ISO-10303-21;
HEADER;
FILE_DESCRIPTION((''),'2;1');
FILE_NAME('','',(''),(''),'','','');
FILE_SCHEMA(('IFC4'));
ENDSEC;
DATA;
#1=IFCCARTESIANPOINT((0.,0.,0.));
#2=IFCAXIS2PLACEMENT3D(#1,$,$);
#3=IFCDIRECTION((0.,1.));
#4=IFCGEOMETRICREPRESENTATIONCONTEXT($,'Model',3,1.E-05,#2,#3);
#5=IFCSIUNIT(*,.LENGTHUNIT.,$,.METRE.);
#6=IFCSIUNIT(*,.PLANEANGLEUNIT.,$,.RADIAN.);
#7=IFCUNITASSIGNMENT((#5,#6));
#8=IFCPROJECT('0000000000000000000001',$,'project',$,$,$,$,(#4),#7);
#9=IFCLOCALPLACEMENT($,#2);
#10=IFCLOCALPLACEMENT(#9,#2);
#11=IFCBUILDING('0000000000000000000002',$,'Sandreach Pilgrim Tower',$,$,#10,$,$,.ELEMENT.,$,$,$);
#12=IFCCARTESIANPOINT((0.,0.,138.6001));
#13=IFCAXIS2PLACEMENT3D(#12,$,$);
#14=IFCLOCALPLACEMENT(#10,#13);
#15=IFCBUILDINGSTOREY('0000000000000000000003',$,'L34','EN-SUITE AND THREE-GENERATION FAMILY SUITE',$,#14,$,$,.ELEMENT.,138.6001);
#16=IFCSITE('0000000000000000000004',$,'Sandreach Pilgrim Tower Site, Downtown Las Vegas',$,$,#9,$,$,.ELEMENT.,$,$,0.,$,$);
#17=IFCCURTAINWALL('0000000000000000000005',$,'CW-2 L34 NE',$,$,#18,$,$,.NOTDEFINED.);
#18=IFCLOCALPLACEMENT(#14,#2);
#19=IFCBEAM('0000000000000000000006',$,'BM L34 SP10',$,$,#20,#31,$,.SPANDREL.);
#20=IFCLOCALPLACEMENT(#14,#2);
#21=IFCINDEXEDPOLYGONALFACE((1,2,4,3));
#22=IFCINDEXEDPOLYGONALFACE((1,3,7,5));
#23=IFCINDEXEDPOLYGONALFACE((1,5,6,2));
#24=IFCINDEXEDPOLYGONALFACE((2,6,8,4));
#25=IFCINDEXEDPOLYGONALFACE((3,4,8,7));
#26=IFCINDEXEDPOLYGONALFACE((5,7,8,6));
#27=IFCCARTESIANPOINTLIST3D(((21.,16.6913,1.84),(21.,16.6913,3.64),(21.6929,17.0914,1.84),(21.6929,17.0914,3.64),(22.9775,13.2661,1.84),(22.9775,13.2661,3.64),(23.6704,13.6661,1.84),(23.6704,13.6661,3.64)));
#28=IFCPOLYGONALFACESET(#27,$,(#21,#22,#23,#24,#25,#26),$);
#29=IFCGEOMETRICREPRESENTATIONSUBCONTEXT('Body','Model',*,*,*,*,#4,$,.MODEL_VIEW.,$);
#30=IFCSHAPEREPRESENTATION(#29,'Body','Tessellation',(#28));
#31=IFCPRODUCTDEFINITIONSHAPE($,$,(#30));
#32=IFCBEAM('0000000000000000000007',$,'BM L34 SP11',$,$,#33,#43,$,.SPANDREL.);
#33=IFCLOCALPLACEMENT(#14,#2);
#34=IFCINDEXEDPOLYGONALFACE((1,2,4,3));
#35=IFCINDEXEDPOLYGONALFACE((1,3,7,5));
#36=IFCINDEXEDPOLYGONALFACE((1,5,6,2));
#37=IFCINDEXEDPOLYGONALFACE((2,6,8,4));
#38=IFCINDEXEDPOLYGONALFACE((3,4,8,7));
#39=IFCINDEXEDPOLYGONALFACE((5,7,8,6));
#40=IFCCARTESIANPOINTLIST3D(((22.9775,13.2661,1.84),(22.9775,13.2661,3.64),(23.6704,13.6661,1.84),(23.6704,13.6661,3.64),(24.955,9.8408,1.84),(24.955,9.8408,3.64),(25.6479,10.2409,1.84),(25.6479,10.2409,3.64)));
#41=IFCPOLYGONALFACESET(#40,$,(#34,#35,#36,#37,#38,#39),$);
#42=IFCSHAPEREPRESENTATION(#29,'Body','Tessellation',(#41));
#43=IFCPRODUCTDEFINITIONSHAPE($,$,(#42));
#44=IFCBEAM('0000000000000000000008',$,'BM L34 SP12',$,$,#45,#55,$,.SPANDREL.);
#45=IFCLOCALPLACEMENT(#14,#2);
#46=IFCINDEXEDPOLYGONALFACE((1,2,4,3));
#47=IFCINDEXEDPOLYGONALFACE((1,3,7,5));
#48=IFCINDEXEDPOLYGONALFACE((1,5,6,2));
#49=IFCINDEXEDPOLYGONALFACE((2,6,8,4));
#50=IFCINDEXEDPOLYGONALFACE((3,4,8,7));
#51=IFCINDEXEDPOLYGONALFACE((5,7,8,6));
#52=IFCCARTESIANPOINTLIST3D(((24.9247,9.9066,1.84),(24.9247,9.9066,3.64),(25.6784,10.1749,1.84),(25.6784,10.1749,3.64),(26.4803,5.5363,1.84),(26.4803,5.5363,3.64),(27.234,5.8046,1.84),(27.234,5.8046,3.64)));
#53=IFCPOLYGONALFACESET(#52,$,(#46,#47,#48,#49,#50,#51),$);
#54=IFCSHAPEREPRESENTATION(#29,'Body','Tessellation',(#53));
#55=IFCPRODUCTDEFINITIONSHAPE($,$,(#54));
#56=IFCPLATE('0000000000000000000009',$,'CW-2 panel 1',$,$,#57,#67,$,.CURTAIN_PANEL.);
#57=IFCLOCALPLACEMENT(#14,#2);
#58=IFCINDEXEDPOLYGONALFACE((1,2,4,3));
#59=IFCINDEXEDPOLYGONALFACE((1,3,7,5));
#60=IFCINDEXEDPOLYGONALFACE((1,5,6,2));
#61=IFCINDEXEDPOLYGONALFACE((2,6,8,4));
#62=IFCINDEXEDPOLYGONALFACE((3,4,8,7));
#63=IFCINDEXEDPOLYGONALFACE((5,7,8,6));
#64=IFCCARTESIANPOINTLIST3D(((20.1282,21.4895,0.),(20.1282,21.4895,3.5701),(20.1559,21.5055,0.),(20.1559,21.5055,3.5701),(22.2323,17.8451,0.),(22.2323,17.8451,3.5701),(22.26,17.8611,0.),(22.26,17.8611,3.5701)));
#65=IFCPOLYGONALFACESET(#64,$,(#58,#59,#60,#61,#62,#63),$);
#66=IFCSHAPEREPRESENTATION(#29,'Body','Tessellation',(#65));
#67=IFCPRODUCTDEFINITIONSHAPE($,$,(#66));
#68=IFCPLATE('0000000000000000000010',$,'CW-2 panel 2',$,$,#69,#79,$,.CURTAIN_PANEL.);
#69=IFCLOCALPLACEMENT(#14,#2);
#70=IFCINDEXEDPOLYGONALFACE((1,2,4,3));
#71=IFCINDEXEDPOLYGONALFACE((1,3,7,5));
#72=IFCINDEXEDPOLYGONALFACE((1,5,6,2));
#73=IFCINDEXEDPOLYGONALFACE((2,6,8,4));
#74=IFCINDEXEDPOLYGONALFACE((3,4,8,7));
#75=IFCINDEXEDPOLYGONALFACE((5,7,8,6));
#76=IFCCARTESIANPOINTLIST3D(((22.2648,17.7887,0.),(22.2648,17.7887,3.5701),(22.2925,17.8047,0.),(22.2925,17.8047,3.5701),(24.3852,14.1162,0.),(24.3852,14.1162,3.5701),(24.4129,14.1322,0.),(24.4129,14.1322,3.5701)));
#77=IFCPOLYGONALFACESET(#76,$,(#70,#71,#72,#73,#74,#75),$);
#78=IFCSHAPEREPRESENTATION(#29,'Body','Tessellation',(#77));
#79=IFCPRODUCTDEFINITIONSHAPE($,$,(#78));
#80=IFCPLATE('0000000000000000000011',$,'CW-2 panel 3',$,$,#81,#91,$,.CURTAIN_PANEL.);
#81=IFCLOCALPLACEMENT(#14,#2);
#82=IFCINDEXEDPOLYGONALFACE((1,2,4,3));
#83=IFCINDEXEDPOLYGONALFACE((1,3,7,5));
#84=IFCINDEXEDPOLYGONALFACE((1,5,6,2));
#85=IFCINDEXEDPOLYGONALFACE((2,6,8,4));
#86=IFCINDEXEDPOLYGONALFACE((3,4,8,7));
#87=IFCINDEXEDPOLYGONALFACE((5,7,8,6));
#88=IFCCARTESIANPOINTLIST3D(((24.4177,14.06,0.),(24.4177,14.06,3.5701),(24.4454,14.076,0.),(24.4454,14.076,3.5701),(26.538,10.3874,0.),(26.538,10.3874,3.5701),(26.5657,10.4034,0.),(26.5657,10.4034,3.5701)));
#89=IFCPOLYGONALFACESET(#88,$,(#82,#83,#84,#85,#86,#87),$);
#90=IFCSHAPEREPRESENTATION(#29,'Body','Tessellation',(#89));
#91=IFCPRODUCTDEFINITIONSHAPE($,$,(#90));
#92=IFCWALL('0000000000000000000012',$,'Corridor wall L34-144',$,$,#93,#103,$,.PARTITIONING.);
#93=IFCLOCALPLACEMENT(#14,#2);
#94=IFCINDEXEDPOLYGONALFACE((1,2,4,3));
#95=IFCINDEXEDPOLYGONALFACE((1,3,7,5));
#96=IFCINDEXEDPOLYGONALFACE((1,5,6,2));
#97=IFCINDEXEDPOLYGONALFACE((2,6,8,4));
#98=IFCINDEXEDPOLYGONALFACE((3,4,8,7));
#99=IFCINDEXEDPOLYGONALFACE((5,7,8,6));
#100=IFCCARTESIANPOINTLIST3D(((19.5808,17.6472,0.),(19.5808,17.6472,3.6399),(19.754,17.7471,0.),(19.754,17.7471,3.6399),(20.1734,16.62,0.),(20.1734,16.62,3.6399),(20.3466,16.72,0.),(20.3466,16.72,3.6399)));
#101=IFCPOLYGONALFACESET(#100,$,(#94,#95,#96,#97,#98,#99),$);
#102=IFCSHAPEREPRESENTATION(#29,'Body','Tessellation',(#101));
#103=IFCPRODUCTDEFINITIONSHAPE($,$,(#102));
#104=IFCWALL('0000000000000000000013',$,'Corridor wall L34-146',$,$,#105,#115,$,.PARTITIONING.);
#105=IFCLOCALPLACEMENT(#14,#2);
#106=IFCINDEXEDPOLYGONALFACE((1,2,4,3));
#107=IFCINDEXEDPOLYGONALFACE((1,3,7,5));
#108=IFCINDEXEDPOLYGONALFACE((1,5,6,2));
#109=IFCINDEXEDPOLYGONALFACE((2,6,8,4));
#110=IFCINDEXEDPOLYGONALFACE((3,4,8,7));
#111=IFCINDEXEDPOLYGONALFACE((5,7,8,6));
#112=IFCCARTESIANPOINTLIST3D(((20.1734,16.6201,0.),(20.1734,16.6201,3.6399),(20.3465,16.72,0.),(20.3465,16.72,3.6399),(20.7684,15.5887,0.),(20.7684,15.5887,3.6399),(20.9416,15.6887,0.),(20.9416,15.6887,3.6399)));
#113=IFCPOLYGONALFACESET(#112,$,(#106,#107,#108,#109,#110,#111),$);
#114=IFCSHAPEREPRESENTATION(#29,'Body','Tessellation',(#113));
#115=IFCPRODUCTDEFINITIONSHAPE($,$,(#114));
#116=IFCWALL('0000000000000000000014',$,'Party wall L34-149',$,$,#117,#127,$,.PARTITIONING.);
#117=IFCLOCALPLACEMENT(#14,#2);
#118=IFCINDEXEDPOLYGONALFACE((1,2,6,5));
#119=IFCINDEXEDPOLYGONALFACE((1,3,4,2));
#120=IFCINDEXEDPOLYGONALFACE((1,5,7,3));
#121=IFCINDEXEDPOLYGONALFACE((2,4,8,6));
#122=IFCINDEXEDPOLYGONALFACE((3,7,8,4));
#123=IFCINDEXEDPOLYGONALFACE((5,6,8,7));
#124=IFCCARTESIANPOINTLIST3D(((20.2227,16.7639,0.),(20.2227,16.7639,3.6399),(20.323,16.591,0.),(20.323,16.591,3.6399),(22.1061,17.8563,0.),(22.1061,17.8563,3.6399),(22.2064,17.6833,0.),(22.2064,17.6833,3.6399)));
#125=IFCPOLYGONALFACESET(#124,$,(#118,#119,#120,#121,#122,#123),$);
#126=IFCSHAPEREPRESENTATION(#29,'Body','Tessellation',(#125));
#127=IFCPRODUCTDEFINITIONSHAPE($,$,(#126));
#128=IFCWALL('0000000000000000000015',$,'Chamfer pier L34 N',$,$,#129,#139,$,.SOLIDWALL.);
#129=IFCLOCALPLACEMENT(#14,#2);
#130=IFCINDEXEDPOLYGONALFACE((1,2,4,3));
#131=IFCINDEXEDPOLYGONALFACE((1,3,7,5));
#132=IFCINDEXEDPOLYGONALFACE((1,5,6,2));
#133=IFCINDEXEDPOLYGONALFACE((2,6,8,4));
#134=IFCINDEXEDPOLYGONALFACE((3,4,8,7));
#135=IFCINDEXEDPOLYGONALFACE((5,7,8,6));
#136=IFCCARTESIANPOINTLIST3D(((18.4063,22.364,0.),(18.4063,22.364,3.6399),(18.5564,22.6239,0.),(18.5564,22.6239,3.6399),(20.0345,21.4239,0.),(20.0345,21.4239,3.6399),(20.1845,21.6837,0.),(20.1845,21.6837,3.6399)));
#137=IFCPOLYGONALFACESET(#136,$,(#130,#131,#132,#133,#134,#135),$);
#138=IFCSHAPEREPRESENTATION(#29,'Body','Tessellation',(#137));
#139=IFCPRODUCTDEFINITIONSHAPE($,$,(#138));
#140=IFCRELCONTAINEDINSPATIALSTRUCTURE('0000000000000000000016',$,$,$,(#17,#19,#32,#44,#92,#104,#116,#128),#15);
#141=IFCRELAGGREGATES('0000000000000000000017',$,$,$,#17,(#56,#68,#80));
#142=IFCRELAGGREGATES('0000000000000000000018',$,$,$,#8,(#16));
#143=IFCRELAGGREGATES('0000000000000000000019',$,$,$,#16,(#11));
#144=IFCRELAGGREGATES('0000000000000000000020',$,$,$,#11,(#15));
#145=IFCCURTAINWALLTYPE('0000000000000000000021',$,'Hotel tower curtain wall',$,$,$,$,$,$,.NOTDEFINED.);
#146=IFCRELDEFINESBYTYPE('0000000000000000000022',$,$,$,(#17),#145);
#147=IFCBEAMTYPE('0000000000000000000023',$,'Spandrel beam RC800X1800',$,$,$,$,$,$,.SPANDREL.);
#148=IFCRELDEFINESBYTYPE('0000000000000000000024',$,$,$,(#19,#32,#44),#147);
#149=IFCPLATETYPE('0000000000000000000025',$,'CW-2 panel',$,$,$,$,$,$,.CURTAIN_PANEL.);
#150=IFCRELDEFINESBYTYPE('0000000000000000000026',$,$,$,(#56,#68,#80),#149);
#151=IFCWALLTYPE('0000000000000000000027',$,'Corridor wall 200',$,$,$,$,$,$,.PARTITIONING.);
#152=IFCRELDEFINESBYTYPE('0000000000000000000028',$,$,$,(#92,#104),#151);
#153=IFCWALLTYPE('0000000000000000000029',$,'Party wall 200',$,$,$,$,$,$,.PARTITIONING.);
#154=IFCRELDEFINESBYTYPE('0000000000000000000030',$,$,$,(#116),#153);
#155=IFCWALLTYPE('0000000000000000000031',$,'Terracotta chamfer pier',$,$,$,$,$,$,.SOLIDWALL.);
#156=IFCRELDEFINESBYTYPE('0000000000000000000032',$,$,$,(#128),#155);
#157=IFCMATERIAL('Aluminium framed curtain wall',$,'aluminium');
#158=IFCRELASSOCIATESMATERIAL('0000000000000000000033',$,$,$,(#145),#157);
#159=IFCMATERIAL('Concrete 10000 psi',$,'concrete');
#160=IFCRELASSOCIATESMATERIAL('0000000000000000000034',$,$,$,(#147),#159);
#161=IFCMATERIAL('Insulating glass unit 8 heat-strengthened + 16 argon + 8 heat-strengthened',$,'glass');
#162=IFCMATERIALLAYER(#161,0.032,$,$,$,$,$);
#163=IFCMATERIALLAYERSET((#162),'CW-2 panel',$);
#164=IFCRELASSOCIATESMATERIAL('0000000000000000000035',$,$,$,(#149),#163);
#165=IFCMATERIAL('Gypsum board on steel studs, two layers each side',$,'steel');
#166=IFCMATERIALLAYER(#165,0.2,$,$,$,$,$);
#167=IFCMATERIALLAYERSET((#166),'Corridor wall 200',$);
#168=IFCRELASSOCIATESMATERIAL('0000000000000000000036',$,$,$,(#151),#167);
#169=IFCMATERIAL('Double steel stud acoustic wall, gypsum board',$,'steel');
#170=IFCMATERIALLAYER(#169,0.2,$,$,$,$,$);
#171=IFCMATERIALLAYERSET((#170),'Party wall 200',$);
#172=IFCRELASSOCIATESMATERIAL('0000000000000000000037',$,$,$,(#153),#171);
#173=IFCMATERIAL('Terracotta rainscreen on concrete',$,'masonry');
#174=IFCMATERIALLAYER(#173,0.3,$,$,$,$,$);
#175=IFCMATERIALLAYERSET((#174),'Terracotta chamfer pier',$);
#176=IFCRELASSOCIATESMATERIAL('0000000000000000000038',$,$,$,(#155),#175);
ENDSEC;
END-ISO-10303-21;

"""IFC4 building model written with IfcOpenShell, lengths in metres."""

from ifc_helpers import new_model, si_unit, direction, frame, frame_2d, origin, origin_2d, place, context, subcontext, project, spatial, rectangle, extrude, material, layer, layer_set, material_profile, profile_set, type_object, element, aggregate, save


model = new_model("IFC4")

# Units and contexts
model_context = context("Model", 3, precision=1e-05, world=origin(), true_north=direction((0.0, 1.0)))
body_context = subcontext(model_context, "Body", "Model", "MODEL_VIEW")
ifc_project = project(units=[si_unit("LENGTHUNIT", "METRE"), si_unit("PLANEANGLEUNIT", "RADIAN")], contexts=[model_context])

# Site, building, storey
site_placement = place(None, origin())
site = spatial("IfcSite", under=ifc_project, at=site_placement, Name="Sandreach Pilgrim Tower Site, Downtown Las Vegas", CompositionType="ELEMENT", RefElevation=0.0)
building_placement = place(site_placement, origin())
building = spatial("IfcBuilding", under=site, at=building_placement, Name="Sandreach Pilgrim Tower", CompositionType="ELEMENT")
storey_placement = place(building_placement, frame((0.0, 0.0, 138.6001)))
storey = spatial("IfcBuildingStorey", under=building, at=storey_placement, Name="L34", Description="EN-SUITE AND THREE-GENERATION FAMILY SUITE", CompositionType="ELEMENT", Elevation=138.6001)

# Shared definitions
ifc_material_1 = material(Name="Aluminium framed curtain wall", Category="aluminium")
curtain_wall_type = type_object("IfcCurtainWallType", Name="Hotel tower curtain wall", PredefinedType="NOTDEFINED", material=ifc_material_1)

# Curtain wall
curtain_wall_1_placement = place(storey_placement, origin())
curtain_wall_1 = element("IfcCurtainWall", 1, at=curtain_wall_1_placement, inside=storey, type_object=curtain_wall_type, Name="CW-2 L34 NE", PredefinedType="NOTDEFINED")

# Beams
ifc_material_2 = material(Name="Concrete 10000 psi", Category="concrete")
ifc_material_profile_1 = material_profile(ifc_material_2, rectangle(XDim=0.8, YDim=1.8, at=origin_2d()), Name="RC800X1800")
ifc_profile_set_1 = profile_set([ifc_material_profile_1], Name="Concrete 10000 psi")
beam_type_1 = type_object("IfcBeamType", Name="Spandrel beam RC800X1800", PredefinedType="SPANDREL", material=ifc_profile_set_1)
for number, where, z_axis, x_axis, name in (
    (2, (21.3464, 16.8914, 2.74), (0.49999, -0.866031, 0.0), (0.866031, 0.49999, 0.0), "BM L34 SP10"),
    (3, (23.324, 13.4661, 2.74), (0.49999, -0.866031, 0.0), (0.866031, 0.49999, 0.0), "BM L34 SP11"),
):
    element("IfcBeam", number, at=place(storey_placement, frame(where, z_axis=z_axis, x_axis=x_axis)), inside=storey, type_object=beam_type_1, Name=name, PredefinedType="SPANDREL", context=body_context, shape_type="SweptSolid", body=[
        extrude(rectangle(XDim=0.8, YDim=1.8, at=origin_2d()), origin(), (0.0, 0.0, 1.0), 3.9551),
    ])
beam_1_placement = place(storey_placement, frame((25.3015, 10.0408, 2.74), z_axis=(0.335346, -0.942095, 0.0), x_axis=(0.942095, 0.335346, 0.0)))
element("IfcBeam", 4, at=beam_1_placement, inside=storey, type_object=beam_type_1, Name="BM L34 SP12", PredefinedType="SPANDREL", context=body_context, shape_type="SweptSolid", body=[
    extrude(rectangle(XDim=0.8, YDim=1.8, at=origin_2d()), origin(), (0.0, 0.0, 1.0), 4.6389),
])

# Plates
ifc_material_3 = material(Name="Insulating glass unit 8 heat-strengthened + 16 argon + 8 heat-strengthened", Category="glass")
ifc_layer_1 = layer(ifc_material_3, 0.032)
ifc_layer_set_1 = layer_set([ifc_layer_1], Name="CW-2 panel")
plate_type = type_object("IfcPlateType", Name="CW-2 panel", PredefinedType="CURTAIN_PANEL", material=ifc_layer_set_1)
plate_1_placement = place(storey_placement, frame((21.1941, 19.6753, 0.0), z_axis=(0.0, 0.0, 1.0), x_axis=(0.5, -0.866025, 0.0)))
plate_1 = element("IfcPlate", 5, at=plate_1_placement, type_object=plate_type, Name="CW-2 panel 1", PredefinedType="CURTAIN_PANEL", context=body_context, shape_type="SweptSolid", body=[
    extrude(rectangle(XDim=4.2083, YDim=0.032, at=origin_2d()), origin(), (0.0, 0.0, 1.0), 3.5701),
])
plate_2_placement = place(storey_placement, frame((23.3389, 15.9604, 0.0), z_axis=(0.0, 0.0, 1.0), x_axis=(0.5, -0.866025, 0.0)))
plate_2 = element("IfcPlate", 6, at=plate_2_placement, type_object=plate_type, Name="CW-2 panel 2", PredefinedType="CURTAIN_PANEL", context=body_context, shape_type="SweptSolid", body=[
    extrude(rectangle(XDim=4.2407, YDim=0.032, at=origin_2d()), origin(), (0.0, 0.0, 1.0), 3.5701),
])
plate_3_placement = place(storey_placement, frame((25.4917, 12.2317, 0.0), z_axis=(0.0, 0.0, 1.0), x_axis=(0.5, -0.866025, 0.0)))
plate_3 = element("IfcPlate", 7, at=plate_3_placement, type_object=plate_type, Name="CW-2 panel 3", PredefinedType="CURTAIN_PANEL", context=body_context, shape_type="SweptSolid", body=[
    extrude(rectangle(XDim=4.2407, YDim=0.032, at=origin_2d()), origin(), (0.0, 0.0, 1.0), 3.5701),
])
aggregate(curtain_wall_1, [plate_1, plate_2, plate_3])

# Shared definitions
ifc_material_4 = material(Name="Gypsum board on steel studs, two layers each side", Category="steel")
ifc_layer_2 = layer(ifc_material_4, 0.2)
ifc_layer_set_2 = layer_set([ifc_layer_2], Name="Corridor wall 200")
wall_type_1 = type_object("IfcWallType", Name="Corridor wall 200", PredefinedType="PARTITIONING", material=ifc_layer_set_2)

# Walls
wall_1_placement = place(storey_placement, frame((19.6675, 17.697, 0.0), z_axis=(0.0, 0.0, 1.0), x_axis=(0.499705, -0.866196, 0.0)))
element("IfcWall", 8, at=wall_1_placement, inside=storey, type_object=wall_type_1, Name="Corridor wall L34-144", PredefinedType="PARTITIONING", context=body_context, shape_type="SweptSolid", body=[
    extrude(rectangle(XDim=1.1858, YDim=0.2, at=frame_2d((0.5928, 0.0))), origin(), (0.0, 0.0, 1.0), 3.6399),
])
wall_2_placement = place(storey_placement, frame((20.26, 16.6699, 0.0), z_axis=(0.0, 0.0, 1.0), x_axis=(0.499734, -0.866179, 0.0)))
element("IfcWall", 9, at=wall_2_placement, inside=storey, type_object=wall_type_1, Name="Corridor wall L34-146", PredefinedType="PARTITIONING", context=body_context, shape_type="SweptSolid", body=[
    extrude(rectangle(XDim=1.1907, YDim=0.2, at=frame_2d((0.5952, 0.0))), origin(), (0.0, 0.0, 1.0), 3.6399),
])
ifc_material_5 = material(Name="Double steel stud acoustic wall, gypsum board", Category="steel")
ifc_layer_3 = layer(ifc_material_5, 0.2)
ifc_layer_set_3 = layer_set([ifc_layer_3], Name="Party wall 200")
wall_type_2 = type_object("IfcWallType", Name="Party wall 200", PredefinedType="PARTITIONING", material=ifc_layer_set_3)
wall_3_placement = place(storey_placement, frame((22.1562, 17.7698, 0.0), z_axis=(0.0, 0.0, 1.0), x_axis=(-0.865037, -0.501708, 0.0)))
element("IfcWall", 10, at=wall_3_placement, inside=storey, type_object=wall_type_2, Name="Party wall L34-149", PredefinedType="PARTITIONING", context=body_context, shape_type="SweptSolid", body=[
    extrude(rectangle(XDim=2.1772, YDim=0.2, at=frame_2d((1.0886, 0.0))), origin(), (0.0, 0.0, 1.0), 3.6399),
])
ifc_material_6 = material(Name="Terracotta rainscreen on concrete", Category="masonry")
ifc_layer_4 = layer(ifc_material_6, 0.3)
ifc_layer_set_4 = layer_set([ifc_layer_4], Name="Terracotta chamfer pier")
wall_type_3 = type_object("IfcWallType", Name="Terracotta chamfer pier", PredefinedType="SOLIDWALL", material=ifc_layer_set_4)
wall_4_placement = place(storey_placement, frame((18.4814, 22.4939, 0.0), z_axis=(0.0, 0.0, 1.0), x_axis=(0.865989, -0.500063, 0.0)))
element("IfcWall", 11, at=wall_4_placement, inside=storey, type_object=wall_type_3, Name="Chamfer pier L34 N", PredefinedType="SOLIDWALL", context=body_context, shape_type="SweptSolid", body=[
    extrude(rectangle(XDim=1.8801, YDim=0.3, at=frame_2d((0.9399, 0.0))), origin(), (0.0, 0.0, 1.0), 3.6399),
])

save(model, "model.ifc")
